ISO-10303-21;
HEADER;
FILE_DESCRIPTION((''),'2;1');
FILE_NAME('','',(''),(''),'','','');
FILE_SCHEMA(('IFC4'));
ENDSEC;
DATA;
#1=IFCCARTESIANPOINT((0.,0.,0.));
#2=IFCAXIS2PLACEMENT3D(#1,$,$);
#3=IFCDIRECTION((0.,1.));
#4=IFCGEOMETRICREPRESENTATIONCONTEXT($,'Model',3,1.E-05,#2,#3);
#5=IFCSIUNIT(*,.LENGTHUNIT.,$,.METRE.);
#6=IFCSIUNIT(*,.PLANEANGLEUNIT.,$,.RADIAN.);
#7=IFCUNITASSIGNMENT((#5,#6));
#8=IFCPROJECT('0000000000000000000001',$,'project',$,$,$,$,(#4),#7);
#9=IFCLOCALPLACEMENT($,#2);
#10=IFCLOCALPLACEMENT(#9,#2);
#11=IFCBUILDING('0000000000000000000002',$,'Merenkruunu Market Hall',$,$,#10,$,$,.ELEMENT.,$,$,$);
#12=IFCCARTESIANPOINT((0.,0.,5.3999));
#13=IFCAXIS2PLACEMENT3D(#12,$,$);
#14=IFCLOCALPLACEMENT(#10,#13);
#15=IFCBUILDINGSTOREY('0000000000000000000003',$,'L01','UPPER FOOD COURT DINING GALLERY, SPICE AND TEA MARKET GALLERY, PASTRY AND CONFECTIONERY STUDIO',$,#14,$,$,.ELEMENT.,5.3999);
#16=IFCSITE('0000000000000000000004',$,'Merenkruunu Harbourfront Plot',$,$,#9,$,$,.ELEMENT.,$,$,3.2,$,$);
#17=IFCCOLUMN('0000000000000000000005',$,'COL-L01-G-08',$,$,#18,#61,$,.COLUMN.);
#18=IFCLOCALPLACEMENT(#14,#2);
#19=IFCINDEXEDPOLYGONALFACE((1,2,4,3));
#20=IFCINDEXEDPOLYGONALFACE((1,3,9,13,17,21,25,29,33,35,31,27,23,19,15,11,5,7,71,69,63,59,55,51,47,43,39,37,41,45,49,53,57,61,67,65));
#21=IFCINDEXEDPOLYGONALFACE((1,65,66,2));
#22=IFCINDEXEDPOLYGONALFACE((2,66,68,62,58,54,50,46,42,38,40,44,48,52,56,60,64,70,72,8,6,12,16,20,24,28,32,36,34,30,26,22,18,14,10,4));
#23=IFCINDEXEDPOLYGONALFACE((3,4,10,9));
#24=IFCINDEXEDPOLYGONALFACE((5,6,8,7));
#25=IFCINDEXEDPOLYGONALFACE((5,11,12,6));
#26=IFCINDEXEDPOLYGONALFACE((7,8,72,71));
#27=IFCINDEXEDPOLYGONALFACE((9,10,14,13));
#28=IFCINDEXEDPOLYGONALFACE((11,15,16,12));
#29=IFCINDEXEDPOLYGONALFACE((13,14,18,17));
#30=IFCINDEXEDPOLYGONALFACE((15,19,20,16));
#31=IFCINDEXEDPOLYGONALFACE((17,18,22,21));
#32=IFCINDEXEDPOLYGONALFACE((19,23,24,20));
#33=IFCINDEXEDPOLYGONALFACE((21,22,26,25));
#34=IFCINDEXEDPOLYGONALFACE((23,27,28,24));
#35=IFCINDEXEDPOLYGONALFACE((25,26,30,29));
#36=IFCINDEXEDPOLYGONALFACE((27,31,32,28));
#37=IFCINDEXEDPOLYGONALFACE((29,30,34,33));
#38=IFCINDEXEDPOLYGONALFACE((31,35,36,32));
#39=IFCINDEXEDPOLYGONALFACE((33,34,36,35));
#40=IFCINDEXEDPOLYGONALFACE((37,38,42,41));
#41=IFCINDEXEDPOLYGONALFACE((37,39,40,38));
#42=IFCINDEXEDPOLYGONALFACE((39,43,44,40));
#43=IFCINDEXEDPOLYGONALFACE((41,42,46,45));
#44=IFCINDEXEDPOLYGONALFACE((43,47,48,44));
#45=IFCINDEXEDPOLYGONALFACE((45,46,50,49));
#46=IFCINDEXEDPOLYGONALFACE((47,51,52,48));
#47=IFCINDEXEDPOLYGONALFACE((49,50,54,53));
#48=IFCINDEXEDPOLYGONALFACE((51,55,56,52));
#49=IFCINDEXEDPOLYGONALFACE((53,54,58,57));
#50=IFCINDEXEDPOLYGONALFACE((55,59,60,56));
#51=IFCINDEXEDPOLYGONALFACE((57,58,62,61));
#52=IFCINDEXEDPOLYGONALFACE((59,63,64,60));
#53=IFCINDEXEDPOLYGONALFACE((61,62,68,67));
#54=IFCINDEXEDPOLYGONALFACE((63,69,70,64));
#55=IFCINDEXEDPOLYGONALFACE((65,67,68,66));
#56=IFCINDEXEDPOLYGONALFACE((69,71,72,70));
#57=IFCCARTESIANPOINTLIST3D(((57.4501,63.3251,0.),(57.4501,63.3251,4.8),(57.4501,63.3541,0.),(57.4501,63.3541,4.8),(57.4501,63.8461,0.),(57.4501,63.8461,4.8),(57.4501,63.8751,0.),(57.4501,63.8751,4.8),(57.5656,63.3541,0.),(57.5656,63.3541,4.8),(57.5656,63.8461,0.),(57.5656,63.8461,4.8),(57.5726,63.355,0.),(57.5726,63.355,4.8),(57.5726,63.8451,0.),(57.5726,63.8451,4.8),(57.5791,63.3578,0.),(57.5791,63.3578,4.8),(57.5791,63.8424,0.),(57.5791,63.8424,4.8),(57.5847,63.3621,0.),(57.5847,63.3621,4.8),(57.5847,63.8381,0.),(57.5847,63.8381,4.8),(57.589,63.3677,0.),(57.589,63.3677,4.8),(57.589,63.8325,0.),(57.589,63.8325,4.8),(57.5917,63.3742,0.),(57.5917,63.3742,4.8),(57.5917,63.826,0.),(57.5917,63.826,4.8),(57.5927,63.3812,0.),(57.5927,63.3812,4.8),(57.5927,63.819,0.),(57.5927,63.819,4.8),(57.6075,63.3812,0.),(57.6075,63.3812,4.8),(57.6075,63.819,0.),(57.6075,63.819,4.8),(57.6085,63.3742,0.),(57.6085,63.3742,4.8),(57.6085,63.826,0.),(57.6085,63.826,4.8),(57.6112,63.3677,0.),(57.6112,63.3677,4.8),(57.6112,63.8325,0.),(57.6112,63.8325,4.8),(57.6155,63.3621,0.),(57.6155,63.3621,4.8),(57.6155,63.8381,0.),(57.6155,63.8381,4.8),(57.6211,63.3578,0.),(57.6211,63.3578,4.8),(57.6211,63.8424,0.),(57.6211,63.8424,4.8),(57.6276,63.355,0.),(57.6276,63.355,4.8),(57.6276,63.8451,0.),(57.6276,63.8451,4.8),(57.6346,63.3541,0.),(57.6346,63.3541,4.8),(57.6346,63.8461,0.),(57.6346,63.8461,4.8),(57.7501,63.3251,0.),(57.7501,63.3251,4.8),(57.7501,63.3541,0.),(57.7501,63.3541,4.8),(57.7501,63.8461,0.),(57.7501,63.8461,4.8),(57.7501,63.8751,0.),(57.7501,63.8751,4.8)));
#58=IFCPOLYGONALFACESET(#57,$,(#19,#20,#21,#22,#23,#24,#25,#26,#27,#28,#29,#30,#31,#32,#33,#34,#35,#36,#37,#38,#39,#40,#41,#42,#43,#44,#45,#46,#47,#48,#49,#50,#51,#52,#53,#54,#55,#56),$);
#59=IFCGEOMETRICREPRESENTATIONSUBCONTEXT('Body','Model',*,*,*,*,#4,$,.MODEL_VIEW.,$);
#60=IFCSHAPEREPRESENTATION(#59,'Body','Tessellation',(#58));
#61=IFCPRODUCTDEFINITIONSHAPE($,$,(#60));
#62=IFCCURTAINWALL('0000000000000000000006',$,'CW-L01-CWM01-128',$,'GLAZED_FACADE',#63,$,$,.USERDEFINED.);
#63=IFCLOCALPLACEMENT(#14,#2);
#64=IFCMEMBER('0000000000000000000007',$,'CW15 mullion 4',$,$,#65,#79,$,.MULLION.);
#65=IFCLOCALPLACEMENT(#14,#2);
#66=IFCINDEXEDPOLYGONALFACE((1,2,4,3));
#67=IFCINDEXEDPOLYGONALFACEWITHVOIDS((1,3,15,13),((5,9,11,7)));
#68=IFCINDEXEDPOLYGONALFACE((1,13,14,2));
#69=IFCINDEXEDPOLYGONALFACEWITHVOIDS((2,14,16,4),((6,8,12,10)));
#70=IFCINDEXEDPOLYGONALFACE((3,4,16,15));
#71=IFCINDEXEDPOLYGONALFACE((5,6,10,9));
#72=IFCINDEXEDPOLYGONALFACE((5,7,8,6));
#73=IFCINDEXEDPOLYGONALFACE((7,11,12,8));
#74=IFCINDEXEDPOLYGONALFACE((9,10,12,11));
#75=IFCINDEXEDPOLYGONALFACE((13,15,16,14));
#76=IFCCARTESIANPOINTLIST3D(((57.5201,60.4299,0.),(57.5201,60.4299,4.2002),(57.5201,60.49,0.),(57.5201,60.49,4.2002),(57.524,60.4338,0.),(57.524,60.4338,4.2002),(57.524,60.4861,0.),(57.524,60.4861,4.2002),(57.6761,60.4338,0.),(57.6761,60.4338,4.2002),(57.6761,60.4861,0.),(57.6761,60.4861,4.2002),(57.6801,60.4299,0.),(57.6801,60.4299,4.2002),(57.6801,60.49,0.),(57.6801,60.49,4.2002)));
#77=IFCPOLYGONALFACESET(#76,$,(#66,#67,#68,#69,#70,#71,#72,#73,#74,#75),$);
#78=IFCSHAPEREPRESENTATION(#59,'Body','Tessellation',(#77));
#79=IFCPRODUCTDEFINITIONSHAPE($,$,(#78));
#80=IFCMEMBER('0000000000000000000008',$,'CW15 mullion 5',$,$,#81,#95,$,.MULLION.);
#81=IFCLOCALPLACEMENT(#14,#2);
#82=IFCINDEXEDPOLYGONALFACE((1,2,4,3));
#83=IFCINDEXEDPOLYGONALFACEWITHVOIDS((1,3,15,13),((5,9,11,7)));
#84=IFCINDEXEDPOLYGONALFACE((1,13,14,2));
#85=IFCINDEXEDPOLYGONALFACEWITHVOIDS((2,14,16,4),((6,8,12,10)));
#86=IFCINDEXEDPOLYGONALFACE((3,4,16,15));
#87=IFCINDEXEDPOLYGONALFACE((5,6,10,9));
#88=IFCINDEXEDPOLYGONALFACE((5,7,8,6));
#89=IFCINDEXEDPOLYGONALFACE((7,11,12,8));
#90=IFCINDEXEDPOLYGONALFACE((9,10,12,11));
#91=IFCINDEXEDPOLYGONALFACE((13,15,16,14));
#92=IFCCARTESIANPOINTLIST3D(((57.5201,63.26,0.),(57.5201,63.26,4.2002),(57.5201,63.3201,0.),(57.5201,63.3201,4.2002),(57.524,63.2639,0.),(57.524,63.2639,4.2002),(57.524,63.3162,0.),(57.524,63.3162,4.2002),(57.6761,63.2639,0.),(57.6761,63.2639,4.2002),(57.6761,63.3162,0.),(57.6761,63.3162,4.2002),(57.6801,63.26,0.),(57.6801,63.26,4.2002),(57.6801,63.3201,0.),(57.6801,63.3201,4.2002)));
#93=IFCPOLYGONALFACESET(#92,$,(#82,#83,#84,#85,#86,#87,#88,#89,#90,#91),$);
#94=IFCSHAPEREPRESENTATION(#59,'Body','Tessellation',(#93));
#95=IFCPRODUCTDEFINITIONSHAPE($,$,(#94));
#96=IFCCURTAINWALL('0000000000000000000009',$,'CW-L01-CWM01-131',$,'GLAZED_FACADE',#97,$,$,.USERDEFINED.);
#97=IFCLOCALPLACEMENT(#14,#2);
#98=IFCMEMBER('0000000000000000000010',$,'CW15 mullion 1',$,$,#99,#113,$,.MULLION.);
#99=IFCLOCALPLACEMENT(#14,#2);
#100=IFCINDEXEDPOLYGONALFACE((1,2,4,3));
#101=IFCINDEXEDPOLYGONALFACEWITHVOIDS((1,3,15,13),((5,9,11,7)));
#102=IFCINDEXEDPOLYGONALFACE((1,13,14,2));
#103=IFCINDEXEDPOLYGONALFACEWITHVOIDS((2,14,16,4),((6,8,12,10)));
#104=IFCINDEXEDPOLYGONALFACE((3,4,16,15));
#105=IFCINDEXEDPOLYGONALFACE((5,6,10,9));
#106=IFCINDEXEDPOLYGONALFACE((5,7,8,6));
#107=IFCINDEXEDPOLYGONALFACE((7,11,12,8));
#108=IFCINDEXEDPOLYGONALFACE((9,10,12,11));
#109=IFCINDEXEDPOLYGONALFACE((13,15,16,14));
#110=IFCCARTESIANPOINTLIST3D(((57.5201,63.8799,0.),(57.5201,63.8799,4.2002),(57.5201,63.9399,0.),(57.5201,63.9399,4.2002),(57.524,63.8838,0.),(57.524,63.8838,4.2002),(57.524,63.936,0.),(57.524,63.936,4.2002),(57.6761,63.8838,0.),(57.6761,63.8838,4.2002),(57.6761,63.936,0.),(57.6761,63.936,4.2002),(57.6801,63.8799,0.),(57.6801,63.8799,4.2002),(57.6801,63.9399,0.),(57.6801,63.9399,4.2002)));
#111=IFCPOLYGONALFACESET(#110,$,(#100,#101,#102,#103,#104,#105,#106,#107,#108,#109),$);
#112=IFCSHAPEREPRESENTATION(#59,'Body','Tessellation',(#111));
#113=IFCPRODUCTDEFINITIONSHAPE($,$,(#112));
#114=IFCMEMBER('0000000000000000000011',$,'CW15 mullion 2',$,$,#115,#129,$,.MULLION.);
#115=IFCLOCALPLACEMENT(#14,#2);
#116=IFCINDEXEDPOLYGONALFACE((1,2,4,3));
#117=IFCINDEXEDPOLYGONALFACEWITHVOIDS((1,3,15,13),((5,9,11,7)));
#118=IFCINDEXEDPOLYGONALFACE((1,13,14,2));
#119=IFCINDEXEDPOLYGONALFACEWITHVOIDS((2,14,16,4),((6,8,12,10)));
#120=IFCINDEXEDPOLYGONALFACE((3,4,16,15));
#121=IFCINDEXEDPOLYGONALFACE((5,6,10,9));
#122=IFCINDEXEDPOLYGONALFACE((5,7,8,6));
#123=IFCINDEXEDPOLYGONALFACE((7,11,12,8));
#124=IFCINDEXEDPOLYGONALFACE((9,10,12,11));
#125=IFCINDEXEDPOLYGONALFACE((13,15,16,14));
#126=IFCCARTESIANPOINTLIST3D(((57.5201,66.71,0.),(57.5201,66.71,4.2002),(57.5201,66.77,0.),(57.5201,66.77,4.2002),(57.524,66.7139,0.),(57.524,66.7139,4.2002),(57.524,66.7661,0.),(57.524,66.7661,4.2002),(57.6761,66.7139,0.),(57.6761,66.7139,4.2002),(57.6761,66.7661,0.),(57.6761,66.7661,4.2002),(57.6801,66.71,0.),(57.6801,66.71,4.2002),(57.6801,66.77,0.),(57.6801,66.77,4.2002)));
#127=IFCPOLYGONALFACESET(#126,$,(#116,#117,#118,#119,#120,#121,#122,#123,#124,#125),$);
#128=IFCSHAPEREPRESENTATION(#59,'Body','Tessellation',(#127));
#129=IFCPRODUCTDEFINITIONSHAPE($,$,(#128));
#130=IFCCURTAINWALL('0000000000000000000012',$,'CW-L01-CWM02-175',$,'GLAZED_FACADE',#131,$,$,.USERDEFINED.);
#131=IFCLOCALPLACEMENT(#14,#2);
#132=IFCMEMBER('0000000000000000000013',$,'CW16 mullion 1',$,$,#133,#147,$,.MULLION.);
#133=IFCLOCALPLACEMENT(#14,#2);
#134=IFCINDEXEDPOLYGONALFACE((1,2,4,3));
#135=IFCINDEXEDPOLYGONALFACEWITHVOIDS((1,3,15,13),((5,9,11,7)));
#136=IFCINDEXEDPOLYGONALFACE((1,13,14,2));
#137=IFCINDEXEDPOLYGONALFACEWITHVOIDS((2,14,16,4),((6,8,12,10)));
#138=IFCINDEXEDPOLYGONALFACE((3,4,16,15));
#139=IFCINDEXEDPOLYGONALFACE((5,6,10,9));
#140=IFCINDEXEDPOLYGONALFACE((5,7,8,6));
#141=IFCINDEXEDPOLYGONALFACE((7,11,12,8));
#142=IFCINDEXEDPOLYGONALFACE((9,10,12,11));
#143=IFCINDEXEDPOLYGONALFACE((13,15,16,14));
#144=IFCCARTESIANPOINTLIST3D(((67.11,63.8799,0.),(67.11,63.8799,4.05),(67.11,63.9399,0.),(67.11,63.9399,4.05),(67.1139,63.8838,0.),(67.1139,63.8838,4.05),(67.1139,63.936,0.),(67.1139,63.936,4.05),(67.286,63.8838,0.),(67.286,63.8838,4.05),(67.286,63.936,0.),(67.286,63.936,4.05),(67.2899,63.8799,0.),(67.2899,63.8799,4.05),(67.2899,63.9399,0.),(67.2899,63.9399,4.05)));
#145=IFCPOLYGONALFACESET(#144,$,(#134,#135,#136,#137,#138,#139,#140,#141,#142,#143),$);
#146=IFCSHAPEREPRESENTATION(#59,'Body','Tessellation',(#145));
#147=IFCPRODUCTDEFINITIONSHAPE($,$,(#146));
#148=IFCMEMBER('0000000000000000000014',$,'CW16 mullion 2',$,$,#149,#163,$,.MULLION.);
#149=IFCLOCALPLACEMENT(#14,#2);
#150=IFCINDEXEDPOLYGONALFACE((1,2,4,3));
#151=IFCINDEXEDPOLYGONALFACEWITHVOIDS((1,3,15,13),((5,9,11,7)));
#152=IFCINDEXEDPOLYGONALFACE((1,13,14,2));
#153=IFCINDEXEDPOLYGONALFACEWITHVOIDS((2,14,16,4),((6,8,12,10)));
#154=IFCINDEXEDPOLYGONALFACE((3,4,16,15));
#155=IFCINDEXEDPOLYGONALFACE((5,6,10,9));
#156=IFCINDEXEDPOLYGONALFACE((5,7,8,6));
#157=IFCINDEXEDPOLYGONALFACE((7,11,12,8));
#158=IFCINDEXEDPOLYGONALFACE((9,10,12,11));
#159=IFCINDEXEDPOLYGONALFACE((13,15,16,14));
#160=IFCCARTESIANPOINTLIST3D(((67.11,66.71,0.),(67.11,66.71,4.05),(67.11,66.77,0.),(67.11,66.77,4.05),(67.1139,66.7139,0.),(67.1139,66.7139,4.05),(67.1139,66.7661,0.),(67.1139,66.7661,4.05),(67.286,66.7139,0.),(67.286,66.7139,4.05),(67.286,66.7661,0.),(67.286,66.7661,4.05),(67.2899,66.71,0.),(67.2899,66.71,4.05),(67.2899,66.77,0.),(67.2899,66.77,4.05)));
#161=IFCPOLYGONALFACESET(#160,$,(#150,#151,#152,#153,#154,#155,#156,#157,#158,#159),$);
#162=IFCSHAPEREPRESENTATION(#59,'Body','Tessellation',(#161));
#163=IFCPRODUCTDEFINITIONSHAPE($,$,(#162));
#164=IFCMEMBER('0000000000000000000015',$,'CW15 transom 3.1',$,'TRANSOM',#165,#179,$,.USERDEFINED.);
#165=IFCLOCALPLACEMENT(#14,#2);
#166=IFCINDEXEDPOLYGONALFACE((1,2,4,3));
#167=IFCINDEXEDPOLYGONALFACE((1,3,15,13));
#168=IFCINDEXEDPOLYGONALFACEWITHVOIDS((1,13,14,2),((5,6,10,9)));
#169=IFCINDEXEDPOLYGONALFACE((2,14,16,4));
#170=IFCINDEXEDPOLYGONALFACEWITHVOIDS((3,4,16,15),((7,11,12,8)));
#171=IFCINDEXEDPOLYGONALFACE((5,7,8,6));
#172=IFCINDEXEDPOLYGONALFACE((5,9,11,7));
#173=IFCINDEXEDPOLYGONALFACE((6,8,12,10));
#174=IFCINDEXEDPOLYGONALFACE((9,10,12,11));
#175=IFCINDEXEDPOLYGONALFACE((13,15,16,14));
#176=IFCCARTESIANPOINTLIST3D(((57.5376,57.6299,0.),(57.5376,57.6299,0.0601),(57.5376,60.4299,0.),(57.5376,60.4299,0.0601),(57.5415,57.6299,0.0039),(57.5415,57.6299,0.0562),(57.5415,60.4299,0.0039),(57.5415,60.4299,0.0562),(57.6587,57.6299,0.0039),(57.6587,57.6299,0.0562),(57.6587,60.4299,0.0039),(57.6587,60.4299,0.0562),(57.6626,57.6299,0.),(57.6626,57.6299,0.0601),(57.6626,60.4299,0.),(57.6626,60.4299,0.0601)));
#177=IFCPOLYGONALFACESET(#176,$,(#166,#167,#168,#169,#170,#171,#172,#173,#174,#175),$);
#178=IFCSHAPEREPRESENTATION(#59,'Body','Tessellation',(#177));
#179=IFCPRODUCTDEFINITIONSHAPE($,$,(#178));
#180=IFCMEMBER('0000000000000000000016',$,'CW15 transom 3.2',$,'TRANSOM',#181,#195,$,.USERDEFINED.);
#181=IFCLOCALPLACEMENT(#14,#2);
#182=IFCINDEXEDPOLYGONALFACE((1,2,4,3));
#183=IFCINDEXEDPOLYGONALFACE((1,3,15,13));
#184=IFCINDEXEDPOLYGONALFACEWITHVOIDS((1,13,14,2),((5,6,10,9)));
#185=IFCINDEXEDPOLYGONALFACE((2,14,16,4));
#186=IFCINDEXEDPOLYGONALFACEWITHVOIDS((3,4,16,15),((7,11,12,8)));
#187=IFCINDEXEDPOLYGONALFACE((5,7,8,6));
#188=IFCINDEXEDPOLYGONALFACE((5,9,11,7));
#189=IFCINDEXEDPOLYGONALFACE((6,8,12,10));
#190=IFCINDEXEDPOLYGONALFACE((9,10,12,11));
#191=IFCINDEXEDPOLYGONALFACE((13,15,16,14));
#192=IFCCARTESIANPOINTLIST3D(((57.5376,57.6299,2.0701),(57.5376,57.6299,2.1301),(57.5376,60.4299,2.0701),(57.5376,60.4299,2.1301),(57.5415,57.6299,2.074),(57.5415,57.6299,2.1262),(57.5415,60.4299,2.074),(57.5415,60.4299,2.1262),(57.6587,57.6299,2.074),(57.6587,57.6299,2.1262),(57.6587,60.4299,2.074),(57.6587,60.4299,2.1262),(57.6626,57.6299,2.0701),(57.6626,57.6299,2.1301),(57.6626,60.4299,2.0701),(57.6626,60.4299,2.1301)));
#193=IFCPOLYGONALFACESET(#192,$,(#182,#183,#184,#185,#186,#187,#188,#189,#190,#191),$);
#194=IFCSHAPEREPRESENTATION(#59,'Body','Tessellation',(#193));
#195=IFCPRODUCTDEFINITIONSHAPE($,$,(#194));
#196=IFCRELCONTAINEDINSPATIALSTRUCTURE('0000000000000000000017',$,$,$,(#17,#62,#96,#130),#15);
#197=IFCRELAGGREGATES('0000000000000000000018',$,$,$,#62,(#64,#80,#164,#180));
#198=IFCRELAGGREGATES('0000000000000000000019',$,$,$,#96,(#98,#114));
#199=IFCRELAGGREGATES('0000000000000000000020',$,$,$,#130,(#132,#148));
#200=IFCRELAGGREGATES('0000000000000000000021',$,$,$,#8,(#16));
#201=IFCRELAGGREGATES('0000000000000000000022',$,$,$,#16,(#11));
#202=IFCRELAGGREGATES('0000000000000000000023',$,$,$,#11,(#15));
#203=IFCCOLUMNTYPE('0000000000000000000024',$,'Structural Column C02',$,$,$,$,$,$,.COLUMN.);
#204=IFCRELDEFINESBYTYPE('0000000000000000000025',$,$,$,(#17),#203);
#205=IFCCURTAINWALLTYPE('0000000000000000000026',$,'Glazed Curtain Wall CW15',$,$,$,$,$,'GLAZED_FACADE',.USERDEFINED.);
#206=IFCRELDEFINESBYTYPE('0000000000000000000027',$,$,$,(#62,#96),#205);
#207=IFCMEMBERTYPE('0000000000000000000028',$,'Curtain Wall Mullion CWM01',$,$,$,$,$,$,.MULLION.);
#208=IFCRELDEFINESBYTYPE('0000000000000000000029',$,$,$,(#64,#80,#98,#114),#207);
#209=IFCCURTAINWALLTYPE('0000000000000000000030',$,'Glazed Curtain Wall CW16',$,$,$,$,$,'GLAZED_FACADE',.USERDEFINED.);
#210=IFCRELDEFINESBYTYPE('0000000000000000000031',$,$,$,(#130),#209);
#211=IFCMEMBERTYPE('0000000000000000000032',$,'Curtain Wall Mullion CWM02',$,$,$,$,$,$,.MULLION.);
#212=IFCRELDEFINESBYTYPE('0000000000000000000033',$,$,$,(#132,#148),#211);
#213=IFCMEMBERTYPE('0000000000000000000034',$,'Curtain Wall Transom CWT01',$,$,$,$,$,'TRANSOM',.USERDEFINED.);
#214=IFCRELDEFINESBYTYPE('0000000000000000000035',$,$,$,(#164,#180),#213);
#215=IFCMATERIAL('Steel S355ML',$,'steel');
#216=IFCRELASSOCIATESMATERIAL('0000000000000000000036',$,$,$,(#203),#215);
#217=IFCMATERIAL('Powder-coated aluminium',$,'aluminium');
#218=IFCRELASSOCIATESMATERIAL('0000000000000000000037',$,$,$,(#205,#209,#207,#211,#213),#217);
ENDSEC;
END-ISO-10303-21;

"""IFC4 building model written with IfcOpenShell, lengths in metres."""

from ifc_helpers import new_model, si_unit, direction, frame, origin, origin_2d, place, context, subcontext, project, spatial, hollow_rectangle, i_section, extrude, material, material_profile, profile_set, type_object, element, aggregate, save


model = new_model("IFC4")

# Units and contexts
model_context = context("Model", 3, precision=1e-05, world=origin(), true_north=direction((0.0, 1.0)))
body_context = subcontext(model_context, "Body", "Model", "MODEL_VIEW")
ifc_project = project(units=[si_unit("LENGTHUNIT", "METRE"), si_unit("PLANEANGLEUNIT", "RADIAN")], contexts=[model_context])

# Site, building, storey
site_placement = place(None, origin())
site = spatial("IfcSite", under=ifc_project, at=site_placement, Name="Merenkruunu Harbourfront Plot", CompositionType="ELEMENT", RefElevation=3.2)
building_placement = place(site_placement, origin())
building = spatial("IfcBuilding", under=site, at=building_placement, Name="Merenkruunu Market Hall", CompositionType="ELEMENT")
storey_placement = place(building_placement, frame((0.0, 0.0, 5.3999)))
storey = spatial("IfcBuildingStorey", under=building, at=storey_placement, Name="L01", Description="UPPER FOOD COURT DINING GALLERY, SPICE AND TEA MARKET GALLERY, PASTRY AND CONFECTIONERY STUDIO", CompositionType="ELEMENT", Elevation=5.3999)

# Column
ifc_material_1 = material(Name="Steel S355ML", Category="steel")
ifc_material_profile_1 = material_profile(ifc_material_1, i_section(OverallWidth=0.3, OverallDepth=0.55, WebThickness=0.0149, FlangeThickness=0.0291, FilletRadius=0.0271, at=origin_2d()), Name="HEB 550")
ifc_profile_set_1 = profile_set([ifc_material_profile_1], Name="Steel S355ML")
column_type = type_object("IfcColumnType", Name="Structural Column C02", PredefinedType="COLUMN", material=ifc_profile_set_1)
column_placement = place(storey_placement, frame((57.6001, 63.6001, 0.0), z_axis=(0.0, 0.0, 1.0), x_axis=(1.0, 0.0, 0.0)))
element("IfcColumn", 1, at=column_placement, inside=storey, type_object=column_type, Name="COL-L01-G-08", PredefinedType="COLUMN", context=body_context, shape_type="SweptSolid", body=[
    extrude(i_section(OverallWidth=0.3, OverallDepth=0.55, WebThickness=0.0149, FlangeThickness=0.0291, FilletRadius=0.0271, at=origin_2d()), origin(), (0.0, 0.0, 1.0), 4.8),
])

# Curtain walls, members
ifc_material_2 = material(Name="Powder-coated aluminium", Category="aluminium")
curtain_wall_type_1 = type_object("IfcCurtainWallType", Name="Glazed Curtain Wall CW15", ElementType="GLAZED_FACADE", PredefinedType="USERDEFINED", material=ifc_material_2)
curtain_wall_1_placement = place(storey_placement, origin())
curtain_wall_1 = element("IfcCurtainWall", 2, at=curtain_wall_1_placement, inside=storey, type_object=curtain_wall_type_1, Name="CW-L01-CWM01-128", ObjectType="GLAZED_FACADE", PredefinedType="USERDEFINED")
ifc_material_profile_2 = material_profile(ifc_material_2, hollow_rectangle(XDim=0.0601, YDim=0.1599, WallThickness=0.0039, at=origin_2d()), Name="ALU 60x160x4")
ifc_profile_set_2 = profile_set([ifc_material_profile_2], Name="Powder-coated aluminium")
member_type_1 = type_object("IfcMemberType", Name="Curtain Wall Mullion CWM01", PredefinedType="MULLION", material=ifc_profile_set_2)
member_1_placement = place(storey_placement, frame((57.6001, 60.46, 0.0), z_axis=(0.0, 0.0, 1.0), x_axis=(0.0, 1.0, 0.0)))
member_1 = element("IfcMember", 3, at=member_1_placement, type_object=member_type_1, Name="CW15 mullion 4", PredefinedType="MULLION", context=body_context, shape_type="SweptSolid", body=[
    extrude(hollow_rectangle(XDim=0.0601, YDim=0.1599, WallThickness=0.0039, at=origin_2d()), origin(), (0.0, 0.0, 1.0), 4.2002),
])
member_2_placement = place(storey_placement, frame((57.6001, 63.29, 0.0), z_axis=(0.0, 0.0, 1.0), x_axis=(0.0, 1.0, 0.0)))
member_2 = element("IfcMember", 4, at=member_2_placement, type_object=member_type_1, Name="CW15 mullion 5", PredefinedType="MULLION", context=body_context, shape_type="SweptSolid", body=[
    extrude(hollow_rectangle(XDim=0.0601, YDim=0.1599, WallThickness=0.0039, at=origin_2d()), origin(), (0.0, 0.0, 1.0), 4.2002),
])
curtain_wall_2_placement = place(storey_placement, origin())
curtain_wall_2 = element("IfcCurtainWall", 5, at=curtain_wall_2_placement, inside=storey, type_object=curtain_wall_type_1, Name="CW-L01-CWM01-131", ObjectType="GLAZED_FACADE", PredefinedType="USERDEFINED")
member_3_placement = place(storey_placement, frame((57.6001, 63.9099, 0.0), z_axis=(0.0, 0.0, 1.0), x_axis=(0.0, 1.0, 0.0)))
member_3 = element("IfcMember", 6, at=member_3_placement, type_object=member_type_1, Name="CW15 mullion 1", PredefinedType="MULLION", context=body_context, shape_type="SweptSolid", body=[
    extrude(hollow_rectangle(XDim=0.0601, YDim=0.1599, WallThickness=0.0039, at=origin_2d()), origin(), (0.0, 0.0, 1.0), 4.2002),
])
member_4_placement = place(storey_placement, frame((57.6001, 66.74, 0.0), z_axis=(0.0, 0.0, 1.0), x_axis=(0.0, 1.0, 0.0)))
member_4 = element("IfcMember", 7, at=member_4_placement, type_object=member_type_1, Name="CW15 mullion 2", PredefinedType="MULLION", context=body_context, shape_type="SweptSolid", body=[
    extrude(hollow_rectangle(XDim=0.0601, YDim=0.1599, WallThickness=0.0039, at=origin_2d()), origin(), (0.0, 0.0, 1.0), 4.2002),
])
curtain_wall_type_2 = type_object("IfcCurtainWallType", Name="Glazed Curtain Wall CW16", ElementType="GLAZED_FACADE", PredefinedType="USERDEFINED", material=ifc_material_2)
curtain_wall_3_placement = place(storey_placement, origin())
curtain_wall_3 = element("IfcCurtainWall", 8, at=curtain_wall_3_placement, inside=storey, type_object=curtain_wall_type_2, Name="CW-L01-CWM02-175", ObjectType="GLAZED_FACADE", PredefinedType="USERDEFINED")
ifc_material_profile_3 = material_profile(ifc_material_2, hollow_rectangle(XDim=0.0601, YDim=0.1799, WallThickness=0.0039, at=origin_2d()), Name="ALU 60x180x4")
ifc_profile_set_3 = profile_set([ifc_material_profile_3], Name="Powder-coated aluminium")
member_type_2 = type_object("IfcMemberType", Name="Curtain Wall Mullion CWM02", PredefinedType="MULLION", material=ifc_profile_set_3)
member_5_placement = place(storey_placement, frame((67.2, 63.9099, 0.0), z_axis=(0.0, 0.0, 1.0), x_axis=(0.0, 1.0, 0.0)))
member_5 = element("IfcMember", 9, at=member_5_placement, type_object=member_type_2, Name="CW16 mullion 1", PredefinedType="MULLION", context=body_context, shape_type="SweptSolid", body=[
    extrude(hollow_rectangle(XDim=0.0601, YDim=0.1799, WallThickness=0.0039, at=origin_2d()), origin(), (0.0, 0.0, 1.0), 4.05),
])
member_6_placement = place(storey_placement, frame((67.2, 66.74, 0.0), z_axis=(0.0, 0.0, 1.0), x_axis=(0.0, 1.0, 0.0)))
member_6 = element("IfcMember", 10, at=member_6_placement, type_object=member_type_2, Name="CW16 mullion 2", PredefinedType="MULLION", context=body_context, shape_type="SweptSolid", body=[
    extrude(hollow_rectangle(XDim=0.0601, YDim=0.1799, WallThickness=0.0039, at=origin_2d()), origin(), (0.0, 0.0, 1.0), 4.05),
])

# Members
ifc_material_profile_4 = material_profile(ifc_material_2, hollow_rectangle(XDim=0.0601, YDim=0.125, WallThickness=0.0039, at=origin_2d()), Name="ALU 60x125x4")
ifc_profile_set_4 = profile_set([ifc_material_profile_4], Name="Powder-coated aluminium")
member_type_3 = type_object("IfcMemberType", Name="Curtain Wall Transom CWT01", ElementType="TRANSOM", PredefinedType="USERDEFINED", material=ifc_profile_set_4)
member_7_placement = place(storey_placement, frame((57.6001, 57.6299, 0.03), z_axis=(0.0, 1.0, 0.0), x_axis=(0.0, 0.0, 1.0)))
member_7 = element("IfcMember", 11, at=member_7_placement, type_object=member_type_3, Name="CW15 transom 3.1", ObjectType="TRANSOM", PredefinedType="USERDEFINED", context=body_context, shape_type="SweptSolid", body=[
    extrude(hollow_rectangle(XDim=0.0601, YDim=0.125, WallThickness=0.0039, at=origin_2d()), origin(), (0.0, 0.0, 1.0), 2.8),
])
member_8_placement = place(storey_placement, frame((57.6001, 57.6299, 2.1001), z_axis=(0.0, 1.0, 0.0), x_axis=(0.0, 0.0, 1.0)))
member_8 = element("IfcMember", 12, at=member_8_placement, type_object=member_type_3, Name="CW15 transom 3.2", ObjectType="TRANSOM", PredefinedType="USERDEFINED", context=body_context, shape_type="SweptSolid", body=[
    extrude(hollow_rectangle(XDim=0.0601, YDim=0.125, WallThickness=0.0039, at=origin_2d()), origin(), (0.0, 0.0, 1.0), 2.8),
])

aggregate(curtain_wall_1, [member_1, member_2, member_7, member_8])
aggregate(curtain_wall_2, [member_3, member_4])
aggregate(curtain_wall_3, [member_5, member_6])

save(model, "model.ifc")
